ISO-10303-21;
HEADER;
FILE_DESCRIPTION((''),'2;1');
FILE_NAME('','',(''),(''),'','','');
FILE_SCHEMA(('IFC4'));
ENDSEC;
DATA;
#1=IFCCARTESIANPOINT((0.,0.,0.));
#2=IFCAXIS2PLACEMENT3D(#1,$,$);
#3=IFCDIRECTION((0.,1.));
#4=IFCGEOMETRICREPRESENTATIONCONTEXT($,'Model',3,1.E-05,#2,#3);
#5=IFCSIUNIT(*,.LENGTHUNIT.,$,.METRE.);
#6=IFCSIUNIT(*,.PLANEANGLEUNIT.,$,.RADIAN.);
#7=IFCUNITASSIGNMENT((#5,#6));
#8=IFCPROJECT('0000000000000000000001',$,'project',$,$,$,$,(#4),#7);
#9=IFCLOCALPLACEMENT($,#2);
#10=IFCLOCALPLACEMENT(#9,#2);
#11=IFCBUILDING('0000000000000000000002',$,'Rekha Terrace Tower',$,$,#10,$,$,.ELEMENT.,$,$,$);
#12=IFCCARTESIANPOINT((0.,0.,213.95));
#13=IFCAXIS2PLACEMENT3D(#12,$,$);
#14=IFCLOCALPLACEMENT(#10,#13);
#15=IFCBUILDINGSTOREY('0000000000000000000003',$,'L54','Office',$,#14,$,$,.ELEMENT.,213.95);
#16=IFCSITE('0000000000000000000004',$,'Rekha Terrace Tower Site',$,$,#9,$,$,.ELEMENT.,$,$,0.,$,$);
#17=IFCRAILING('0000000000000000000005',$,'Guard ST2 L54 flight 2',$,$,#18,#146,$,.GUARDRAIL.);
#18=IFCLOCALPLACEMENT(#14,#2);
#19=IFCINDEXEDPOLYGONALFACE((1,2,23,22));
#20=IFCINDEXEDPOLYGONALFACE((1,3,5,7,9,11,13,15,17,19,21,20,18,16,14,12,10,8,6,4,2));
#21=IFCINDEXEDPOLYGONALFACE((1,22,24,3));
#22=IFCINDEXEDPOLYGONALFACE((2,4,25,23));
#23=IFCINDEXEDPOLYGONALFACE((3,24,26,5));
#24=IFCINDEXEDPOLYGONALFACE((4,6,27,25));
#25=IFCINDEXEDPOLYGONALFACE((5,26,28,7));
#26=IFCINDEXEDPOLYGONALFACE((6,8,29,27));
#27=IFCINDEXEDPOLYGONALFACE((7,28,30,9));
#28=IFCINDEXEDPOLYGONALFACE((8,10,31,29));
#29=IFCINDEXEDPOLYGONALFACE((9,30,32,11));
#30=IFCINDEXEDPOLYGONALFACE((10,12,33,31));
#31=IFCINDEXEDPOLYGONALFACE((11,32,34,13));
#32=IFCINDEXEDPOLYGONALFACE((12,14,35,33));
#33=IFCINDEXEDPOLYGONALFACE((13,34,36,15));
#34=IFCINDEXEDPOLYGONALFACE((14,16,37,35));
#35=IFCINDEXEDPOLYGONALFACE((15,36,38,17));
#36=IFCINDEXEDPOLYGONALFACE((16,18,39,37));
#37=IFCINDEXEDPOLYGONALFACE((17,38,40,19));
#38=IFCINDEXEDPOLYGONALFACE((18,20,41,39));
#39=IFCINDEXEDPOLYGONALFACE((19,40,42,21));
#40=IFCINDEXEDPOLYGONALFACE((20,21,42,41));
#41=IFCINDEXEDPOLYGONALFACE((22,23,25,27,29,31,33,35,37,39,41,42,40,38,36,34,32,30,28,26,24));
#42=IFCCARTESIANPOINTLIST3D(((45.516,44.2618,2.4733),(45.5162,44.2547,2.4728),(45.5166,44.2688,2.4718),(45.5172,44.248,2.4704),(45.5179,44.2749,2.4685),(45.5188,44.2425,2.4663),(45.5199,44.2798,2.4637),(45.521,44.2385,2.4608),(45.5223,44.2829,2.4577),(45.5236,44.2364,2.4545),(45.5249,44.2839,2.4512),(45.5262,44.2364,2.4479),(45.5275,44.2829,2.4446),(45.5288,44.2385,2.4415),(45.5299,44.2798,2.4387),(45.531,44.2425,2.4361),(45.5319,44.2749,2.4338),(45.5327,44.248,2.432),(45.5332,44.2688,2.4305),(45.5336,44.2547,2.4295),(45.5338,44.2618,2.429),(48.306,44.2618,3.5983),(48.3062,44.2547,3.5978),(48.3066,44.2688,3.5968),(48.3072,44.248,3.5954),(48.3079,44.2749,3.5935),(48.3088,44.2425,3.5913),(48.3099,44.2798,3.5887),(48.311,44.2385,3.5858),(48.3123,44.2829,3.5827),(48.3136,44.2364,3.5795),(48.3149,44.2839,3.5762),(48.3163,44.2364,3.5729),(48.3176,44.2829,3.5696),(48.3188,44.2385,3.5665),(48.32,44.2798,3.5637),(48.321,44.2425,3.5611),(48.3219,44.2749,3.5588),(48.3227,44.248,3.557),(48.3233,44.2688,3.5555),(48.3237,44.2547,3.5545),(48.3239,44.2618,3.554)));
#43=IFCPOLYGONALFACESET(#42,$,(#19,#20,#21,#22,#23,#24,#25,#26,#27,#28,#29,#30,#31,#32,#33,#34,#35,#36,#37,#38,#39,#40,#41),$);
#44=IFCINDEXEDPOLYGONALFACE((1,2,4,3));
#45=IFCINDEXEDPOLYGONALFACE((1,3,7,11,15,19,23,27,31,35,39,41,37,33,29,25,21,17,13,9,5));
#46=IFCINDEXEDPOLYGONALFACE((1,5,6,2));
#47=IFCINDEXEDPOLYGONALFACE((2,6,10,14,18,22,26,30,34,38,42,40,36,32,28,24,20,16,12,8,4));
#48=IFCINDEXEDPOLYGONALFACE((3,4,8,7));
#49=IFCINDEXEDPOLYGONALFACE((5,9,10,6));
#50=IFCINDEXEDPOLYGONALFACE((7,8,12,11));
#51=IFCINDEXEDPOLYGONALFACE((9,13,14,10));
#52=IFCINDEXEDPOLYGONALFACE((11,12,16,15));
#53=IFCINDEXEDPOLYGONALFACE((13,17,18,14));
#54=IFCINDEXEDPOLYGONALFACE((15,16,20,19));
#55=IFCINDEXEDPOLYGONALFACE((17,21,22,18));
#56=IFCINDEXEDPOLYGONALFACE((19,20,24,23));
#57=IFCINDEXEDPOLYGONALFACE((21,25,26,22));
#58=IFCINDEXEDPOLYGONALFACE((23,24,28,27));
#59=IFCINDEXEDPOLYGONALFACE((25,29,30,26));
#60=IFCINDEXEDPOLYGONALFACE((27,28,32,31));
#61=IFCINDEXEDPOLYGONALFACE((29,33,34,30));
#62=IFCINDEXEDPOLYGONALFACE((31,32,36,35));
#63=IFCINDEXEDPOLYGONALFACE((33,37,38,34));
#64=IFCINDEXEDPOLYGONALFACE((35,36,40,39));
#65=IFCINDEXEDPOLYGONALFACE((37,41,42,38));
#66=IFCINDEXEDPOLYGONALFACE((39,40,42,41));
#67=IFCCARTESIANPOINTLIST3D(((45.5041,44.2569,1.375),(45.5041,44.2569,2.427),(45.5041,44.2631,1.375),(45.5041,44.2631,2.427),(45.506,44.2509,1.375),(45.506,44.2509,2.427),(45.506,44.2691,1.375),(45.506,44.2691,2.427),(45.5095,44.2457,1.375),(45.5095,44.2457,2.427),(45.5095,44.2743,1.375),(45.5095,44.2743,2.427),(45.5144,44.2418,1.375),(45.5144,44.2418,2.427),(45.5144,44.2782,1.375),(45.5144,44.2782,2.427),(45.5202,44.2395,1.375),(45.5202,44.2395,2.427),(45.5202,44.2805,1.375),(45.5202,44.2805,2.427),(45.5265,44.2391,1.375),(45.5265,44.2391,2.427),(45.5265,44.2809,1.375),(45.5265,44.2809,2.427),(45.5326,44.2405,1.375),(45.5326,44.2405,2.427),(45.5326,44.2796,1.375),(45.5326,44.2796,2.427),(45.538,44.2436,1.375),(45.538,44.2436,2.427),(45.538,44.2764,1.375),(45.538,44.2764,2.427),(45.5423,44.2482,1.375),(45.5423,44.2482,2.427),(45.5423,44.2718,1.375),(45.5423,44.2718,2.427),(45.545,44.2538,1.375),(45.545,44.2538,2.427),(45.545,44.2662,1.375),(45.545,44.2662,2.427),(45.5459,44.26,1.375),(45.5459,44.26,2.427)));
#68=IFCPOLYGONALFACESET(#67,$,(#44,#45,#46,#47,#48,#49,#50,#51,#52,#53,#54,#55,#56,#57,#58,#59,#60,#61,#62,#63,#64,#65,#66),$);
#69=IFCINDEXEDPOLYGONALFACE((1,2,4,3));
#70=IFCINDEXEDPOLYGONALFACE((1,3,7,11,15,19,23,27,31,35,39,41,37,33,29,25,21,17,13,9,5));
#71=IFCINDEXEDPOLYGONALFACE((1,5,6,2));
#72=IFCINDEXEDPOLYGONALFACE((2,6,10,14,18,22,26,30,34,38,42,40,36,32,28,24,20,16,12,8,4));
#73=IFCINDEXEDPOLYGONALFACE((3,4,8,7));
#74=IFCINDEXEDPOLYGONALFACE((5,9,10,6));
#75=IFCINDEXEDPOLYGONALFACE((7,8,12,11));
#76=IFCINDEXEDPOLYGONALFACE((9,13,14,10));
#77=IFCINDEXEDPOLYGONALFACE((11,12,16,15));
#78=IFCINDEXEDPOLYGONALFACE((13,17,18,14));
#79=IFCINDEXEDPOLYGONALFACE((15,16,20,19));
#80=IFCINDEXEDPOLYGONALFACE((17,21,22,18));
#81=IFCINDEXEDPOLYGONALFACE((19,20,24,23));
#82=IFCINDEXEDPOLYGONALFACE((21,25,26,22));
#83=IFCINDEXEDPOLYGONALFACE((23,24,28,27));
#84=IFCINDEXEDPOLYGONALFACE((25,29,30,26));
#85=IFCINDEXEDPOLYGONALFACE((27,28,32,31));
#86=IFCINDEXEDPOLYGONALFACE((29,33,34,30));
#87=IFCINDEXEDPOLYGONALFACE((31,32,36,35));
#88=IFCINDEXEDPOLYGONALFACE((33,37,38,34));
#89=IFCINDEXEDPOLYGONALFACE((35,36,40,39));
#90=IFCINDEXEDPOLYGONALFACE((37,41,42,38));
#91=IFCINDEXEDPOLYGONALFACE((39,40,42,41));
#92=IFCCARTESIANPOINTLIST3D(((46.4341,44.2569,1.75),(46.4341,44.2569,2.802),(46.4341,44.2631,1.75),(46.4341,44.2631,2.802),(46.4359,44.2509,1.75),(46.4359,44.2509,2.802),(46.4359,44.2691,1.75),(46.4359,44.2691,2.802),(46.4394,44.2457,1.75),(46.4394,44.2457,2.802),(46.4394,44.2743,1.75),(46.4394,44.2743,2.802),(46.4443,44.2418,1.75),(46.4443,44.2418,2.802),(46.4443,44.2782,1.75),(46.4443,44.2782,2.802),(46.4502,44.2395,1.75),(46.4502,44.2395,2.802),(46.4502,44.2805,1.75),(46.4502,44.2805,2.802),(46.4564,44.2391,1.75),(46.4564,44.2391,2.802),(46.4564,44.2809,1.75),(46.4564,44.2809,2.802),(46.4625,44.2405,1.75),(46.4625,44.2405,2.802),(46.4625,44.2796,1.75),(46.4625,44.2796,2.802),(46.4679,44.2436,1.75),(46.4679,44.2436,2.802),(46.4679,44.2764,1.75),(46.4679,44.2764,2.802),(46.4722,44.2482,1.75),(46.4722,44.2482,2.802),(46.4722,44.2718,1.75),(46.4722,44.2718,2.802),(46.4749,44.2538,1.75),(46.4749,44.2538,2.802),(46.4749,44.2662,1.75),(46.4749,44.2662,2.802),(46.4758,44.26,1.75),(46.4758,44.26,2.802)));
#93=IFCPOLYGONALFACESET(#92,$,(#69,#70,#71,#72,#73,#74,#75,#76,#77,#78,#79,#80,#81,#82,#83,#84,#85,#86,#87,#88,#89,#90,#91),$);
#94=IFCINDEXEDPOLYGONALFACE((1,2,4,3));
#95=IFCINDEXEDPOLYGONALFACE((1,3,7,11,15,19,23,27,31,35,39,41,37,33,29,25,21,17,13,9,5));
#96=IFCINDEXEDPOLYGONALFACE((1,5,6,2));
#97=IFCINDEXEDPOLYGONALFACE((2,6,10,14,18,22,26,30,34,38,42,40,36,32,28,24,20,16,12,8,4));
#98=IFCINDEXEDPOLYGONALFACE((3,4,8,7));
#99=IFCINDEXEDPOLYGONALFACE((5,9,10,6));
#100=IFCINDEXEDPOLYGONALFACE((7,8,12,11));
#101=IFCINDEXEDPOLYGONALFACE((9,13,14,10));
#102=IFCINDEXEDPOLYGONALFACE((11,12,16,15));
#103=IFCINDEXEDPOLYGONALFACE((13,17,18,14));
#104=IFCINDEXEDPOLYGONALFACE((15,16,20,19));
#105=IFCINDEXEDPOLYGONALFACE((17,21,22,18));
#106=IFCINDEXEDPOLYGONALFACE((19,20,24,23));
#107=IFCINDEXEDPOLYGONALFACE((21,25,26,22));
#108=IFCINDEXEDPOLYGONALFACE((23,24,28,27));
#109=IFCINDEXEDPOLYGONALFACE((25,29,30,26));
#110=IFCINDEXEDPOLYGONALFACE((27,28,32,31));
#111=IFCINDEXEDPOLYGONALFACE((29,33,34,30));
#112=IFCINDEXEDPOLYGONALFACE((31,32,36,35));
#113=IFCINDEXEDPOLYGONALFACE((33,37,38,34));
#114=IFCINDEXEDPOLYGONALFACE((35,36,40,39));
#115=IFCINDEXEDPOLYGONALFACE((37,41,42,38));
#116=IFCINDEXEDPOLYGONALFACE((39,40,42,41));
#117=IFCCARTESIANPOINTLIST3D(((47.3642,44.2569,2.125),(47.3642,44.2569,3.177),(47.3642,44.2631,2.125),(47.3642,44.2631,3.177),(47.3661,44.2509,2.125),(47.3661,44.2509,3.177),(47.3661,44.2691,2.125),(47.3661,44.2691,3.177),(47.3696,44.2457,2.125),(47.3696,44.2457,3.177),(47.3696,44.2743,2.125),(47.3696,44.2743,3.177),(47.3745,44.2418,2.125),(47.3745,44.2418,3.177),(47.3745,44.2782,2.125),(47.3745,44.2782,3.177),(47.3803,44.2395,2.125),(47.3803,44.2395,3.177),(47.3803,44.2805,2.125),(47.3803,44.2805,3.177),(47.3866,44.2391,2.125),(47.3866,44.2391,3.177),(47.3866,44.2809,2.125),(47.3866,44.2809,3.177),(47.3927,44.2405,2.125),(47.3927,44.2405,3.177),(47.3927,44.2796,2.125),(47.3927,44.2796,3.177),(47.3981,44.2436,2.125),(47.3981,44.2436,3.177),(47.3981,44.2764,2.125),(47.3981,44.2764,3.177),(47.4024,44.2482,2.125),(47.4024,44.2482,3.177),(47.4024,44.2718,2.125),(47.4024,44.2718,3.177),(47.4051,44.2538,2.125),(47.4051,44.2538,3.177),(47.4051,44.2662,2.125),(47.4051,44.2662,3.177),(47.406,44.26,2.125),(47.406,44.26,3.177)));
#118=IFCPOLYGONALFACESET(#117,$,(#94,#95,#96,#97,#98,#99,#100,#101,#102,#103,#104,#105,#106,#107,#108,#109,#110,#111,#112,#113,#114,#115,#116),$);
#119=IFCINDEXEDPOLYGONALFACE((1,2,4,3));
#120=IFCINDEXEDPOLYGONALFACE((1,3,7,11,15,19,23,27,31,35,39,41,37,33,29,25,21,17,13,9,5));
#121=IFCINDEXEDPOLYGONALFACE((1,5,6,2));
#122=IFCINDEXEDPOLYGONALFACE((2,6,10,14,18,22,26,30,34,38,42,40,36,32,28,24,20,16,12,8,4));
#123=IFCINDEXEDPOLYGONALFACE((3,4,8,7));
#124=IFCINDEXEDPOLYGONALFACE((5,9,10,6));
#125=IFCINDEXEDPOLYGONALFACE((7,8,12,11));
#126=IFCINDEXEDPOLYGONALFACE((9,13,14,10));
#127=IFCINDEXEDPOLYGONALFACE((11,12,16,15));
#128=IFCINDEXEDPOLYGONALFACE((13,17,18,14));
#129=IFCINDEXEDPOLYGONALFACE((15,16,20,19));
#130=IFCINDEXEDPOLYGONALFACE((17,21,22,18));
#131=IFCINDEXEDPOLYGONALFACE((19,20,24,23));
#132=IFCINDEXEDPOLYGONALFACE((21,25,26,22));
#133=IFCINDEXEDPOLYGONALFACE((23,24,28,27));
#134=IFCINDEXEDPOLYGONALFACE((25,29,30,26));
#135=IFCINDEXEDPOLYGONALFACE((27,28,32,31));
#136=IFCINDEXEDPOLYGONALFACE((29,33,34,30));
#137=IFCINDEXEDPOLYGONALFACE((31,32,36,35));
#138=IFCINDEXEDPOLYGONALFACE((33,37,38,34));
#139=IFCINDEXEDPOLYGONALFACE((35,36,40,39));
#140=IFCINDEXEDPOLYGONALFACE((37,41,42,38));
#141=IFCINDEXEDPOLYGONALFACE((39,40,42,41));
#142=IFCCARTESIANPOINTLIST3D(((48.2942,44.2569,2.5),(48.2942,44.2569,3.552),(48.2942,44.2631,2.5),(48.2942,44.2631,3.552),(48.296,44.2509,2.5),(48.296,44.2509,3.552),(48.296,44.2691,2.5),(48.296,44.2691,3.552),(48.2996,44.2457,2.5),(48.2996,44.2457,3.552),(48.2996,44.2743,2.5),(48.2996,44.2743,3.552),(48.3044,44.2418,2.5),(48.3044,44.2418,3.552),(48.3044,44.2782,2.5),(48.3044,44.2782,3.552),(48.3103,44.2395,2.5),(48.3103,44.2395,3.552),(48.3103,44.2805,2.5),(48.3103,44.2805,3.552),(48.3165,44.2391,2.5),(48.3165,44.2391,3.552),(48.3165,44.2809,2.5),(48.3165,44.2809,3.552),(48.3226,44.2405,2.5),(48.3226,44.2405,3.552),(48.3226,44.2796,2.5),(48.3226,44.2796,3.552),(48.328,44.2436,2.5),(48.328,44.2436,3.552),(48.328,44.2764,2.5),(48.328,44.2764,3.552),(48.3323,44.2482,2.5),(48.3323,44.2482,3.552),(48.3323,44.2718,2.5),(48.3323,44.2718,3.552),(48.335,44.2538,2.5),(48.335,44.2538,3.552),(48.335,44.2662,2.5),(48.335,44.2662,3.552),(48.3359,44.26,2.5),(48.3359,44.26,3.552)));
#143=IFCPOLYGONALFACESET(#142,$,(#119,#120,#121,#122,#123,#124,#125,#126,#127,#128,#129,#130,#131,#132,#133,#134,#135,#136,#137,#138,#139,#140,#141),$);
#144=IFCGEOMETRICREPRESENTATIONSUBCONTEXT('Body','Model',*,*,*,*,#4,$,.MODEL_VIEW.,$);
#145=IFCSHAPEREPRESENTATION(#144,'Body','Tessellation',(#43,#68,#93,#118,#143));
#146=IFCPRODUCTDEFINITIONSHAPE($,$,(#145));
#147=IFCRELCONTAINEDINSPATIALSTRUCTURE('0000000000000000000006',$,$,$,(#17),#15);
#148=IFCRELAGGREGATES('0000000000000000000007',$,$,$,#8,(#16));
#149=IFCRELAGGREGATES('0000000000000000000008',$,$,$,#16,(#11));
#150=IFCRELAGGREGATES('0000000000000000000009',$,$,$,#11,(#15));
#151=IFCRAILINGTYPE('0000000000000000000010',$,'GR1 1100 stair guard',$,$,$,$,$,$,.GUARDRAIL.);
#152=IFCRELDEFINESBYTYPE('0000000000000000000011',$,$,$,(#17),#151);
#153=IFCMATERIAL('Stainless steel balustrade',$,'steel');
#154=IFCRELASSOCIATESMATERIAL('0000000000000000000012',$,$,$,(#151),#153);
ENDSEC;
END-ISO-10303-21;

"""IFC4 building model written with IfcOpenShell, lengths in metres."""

from ifc_helpers import new_model, si_unit, direction, frame, origin, origin_2d, place, context, subcontext, project, spatial, circle, extrude, material, type_object, element, save


model = new_model("IFC4")

# Units and contexts
model_context = context("Model", 3, precision=1e-05, world=origin(), true_north=direction((0.0, 1.0)))
body_context = subcontext(model_context, "Body", "Model", "MODEL_VIEW")
ifc_project = project(units=[si_unit("LENGTHUNIT", "METRE"), si_unit("PLANEANGLEUNIT", "RADIAN")], contexts=[model_context])

# Site, building, storey
site_placement = place(None, origin())
site = spatial("IfcSite", under=ifc_project, at=site_placement, Name="Rekha Terrace Tower Site", CompositionType="ELEMENT", RefElevation=0.0)
building_placement = place(site_placement, origin())
building = spatial("IfcBuilding", under=site, at=building_placement, Name="Rekha Terrace Tower", CompositionType="ELEMENT")
storey_placement = place(building_placement, frame((0.0, 0.0, 213.95)))
storey = spatial("IfcBuildingStorey", under=building, at=storey_placement, Name="L54", Description="Office", CompositionType="ELEMENT", Elevation=213.95)

# Railing
ifc_material_1 = material(Name="Stainless steel balustrade", Category="steel")
railing_type_1 = type_object("IfcRailingType", Name="GR1 1100 stair guard", PredefinedType="GUARDRAIL", material=ifc_material_1)
railing_1_placement = place(storey_placement, frame((45.5249, 44.26, 1.375)))
element("IfcRailing", 1, at=railing_1_placement, inside=storey, type_object=railing_type_1, Name="Guard ST2 L54 flight 2", PredefinedType="GUARDRAIL", context=body_context, shape_type="SweptSolid", body=[
    extrude(circle(Radius=0.0239, at=origin_2d()), frame((0.0, 0.0, 1.0762), z_axis=(0.927443, 0.0, 0.373964), x_axis=(0.0, 1.0, 0.0)), (0.0, 0.0, 1.0), 3.0083),
    extrude(circle(Radius=0.021, at=origin_2d()), origin(), (0.0, 0.0, 1.0), 1.052),
    extrude(circle(Radius=0.021, at=origin_2d()), frame((0.9299, 0.0, 0.375)), (0.0, 0.0, 1.0), 1.052),
    extrude(circle(Radius=0.021, at=origin_2d()), frame((1.8601, 0.0, 0.75)), (0.0, 0.0, 1.0), 1.052),
    extrude(circle(Radius=0.021, at=origin_2d()), frame((2.79, 0.0, 1.125)), (0.0, 0.0, 1.0), 1.052),
])

save(model, "model.ifc")
